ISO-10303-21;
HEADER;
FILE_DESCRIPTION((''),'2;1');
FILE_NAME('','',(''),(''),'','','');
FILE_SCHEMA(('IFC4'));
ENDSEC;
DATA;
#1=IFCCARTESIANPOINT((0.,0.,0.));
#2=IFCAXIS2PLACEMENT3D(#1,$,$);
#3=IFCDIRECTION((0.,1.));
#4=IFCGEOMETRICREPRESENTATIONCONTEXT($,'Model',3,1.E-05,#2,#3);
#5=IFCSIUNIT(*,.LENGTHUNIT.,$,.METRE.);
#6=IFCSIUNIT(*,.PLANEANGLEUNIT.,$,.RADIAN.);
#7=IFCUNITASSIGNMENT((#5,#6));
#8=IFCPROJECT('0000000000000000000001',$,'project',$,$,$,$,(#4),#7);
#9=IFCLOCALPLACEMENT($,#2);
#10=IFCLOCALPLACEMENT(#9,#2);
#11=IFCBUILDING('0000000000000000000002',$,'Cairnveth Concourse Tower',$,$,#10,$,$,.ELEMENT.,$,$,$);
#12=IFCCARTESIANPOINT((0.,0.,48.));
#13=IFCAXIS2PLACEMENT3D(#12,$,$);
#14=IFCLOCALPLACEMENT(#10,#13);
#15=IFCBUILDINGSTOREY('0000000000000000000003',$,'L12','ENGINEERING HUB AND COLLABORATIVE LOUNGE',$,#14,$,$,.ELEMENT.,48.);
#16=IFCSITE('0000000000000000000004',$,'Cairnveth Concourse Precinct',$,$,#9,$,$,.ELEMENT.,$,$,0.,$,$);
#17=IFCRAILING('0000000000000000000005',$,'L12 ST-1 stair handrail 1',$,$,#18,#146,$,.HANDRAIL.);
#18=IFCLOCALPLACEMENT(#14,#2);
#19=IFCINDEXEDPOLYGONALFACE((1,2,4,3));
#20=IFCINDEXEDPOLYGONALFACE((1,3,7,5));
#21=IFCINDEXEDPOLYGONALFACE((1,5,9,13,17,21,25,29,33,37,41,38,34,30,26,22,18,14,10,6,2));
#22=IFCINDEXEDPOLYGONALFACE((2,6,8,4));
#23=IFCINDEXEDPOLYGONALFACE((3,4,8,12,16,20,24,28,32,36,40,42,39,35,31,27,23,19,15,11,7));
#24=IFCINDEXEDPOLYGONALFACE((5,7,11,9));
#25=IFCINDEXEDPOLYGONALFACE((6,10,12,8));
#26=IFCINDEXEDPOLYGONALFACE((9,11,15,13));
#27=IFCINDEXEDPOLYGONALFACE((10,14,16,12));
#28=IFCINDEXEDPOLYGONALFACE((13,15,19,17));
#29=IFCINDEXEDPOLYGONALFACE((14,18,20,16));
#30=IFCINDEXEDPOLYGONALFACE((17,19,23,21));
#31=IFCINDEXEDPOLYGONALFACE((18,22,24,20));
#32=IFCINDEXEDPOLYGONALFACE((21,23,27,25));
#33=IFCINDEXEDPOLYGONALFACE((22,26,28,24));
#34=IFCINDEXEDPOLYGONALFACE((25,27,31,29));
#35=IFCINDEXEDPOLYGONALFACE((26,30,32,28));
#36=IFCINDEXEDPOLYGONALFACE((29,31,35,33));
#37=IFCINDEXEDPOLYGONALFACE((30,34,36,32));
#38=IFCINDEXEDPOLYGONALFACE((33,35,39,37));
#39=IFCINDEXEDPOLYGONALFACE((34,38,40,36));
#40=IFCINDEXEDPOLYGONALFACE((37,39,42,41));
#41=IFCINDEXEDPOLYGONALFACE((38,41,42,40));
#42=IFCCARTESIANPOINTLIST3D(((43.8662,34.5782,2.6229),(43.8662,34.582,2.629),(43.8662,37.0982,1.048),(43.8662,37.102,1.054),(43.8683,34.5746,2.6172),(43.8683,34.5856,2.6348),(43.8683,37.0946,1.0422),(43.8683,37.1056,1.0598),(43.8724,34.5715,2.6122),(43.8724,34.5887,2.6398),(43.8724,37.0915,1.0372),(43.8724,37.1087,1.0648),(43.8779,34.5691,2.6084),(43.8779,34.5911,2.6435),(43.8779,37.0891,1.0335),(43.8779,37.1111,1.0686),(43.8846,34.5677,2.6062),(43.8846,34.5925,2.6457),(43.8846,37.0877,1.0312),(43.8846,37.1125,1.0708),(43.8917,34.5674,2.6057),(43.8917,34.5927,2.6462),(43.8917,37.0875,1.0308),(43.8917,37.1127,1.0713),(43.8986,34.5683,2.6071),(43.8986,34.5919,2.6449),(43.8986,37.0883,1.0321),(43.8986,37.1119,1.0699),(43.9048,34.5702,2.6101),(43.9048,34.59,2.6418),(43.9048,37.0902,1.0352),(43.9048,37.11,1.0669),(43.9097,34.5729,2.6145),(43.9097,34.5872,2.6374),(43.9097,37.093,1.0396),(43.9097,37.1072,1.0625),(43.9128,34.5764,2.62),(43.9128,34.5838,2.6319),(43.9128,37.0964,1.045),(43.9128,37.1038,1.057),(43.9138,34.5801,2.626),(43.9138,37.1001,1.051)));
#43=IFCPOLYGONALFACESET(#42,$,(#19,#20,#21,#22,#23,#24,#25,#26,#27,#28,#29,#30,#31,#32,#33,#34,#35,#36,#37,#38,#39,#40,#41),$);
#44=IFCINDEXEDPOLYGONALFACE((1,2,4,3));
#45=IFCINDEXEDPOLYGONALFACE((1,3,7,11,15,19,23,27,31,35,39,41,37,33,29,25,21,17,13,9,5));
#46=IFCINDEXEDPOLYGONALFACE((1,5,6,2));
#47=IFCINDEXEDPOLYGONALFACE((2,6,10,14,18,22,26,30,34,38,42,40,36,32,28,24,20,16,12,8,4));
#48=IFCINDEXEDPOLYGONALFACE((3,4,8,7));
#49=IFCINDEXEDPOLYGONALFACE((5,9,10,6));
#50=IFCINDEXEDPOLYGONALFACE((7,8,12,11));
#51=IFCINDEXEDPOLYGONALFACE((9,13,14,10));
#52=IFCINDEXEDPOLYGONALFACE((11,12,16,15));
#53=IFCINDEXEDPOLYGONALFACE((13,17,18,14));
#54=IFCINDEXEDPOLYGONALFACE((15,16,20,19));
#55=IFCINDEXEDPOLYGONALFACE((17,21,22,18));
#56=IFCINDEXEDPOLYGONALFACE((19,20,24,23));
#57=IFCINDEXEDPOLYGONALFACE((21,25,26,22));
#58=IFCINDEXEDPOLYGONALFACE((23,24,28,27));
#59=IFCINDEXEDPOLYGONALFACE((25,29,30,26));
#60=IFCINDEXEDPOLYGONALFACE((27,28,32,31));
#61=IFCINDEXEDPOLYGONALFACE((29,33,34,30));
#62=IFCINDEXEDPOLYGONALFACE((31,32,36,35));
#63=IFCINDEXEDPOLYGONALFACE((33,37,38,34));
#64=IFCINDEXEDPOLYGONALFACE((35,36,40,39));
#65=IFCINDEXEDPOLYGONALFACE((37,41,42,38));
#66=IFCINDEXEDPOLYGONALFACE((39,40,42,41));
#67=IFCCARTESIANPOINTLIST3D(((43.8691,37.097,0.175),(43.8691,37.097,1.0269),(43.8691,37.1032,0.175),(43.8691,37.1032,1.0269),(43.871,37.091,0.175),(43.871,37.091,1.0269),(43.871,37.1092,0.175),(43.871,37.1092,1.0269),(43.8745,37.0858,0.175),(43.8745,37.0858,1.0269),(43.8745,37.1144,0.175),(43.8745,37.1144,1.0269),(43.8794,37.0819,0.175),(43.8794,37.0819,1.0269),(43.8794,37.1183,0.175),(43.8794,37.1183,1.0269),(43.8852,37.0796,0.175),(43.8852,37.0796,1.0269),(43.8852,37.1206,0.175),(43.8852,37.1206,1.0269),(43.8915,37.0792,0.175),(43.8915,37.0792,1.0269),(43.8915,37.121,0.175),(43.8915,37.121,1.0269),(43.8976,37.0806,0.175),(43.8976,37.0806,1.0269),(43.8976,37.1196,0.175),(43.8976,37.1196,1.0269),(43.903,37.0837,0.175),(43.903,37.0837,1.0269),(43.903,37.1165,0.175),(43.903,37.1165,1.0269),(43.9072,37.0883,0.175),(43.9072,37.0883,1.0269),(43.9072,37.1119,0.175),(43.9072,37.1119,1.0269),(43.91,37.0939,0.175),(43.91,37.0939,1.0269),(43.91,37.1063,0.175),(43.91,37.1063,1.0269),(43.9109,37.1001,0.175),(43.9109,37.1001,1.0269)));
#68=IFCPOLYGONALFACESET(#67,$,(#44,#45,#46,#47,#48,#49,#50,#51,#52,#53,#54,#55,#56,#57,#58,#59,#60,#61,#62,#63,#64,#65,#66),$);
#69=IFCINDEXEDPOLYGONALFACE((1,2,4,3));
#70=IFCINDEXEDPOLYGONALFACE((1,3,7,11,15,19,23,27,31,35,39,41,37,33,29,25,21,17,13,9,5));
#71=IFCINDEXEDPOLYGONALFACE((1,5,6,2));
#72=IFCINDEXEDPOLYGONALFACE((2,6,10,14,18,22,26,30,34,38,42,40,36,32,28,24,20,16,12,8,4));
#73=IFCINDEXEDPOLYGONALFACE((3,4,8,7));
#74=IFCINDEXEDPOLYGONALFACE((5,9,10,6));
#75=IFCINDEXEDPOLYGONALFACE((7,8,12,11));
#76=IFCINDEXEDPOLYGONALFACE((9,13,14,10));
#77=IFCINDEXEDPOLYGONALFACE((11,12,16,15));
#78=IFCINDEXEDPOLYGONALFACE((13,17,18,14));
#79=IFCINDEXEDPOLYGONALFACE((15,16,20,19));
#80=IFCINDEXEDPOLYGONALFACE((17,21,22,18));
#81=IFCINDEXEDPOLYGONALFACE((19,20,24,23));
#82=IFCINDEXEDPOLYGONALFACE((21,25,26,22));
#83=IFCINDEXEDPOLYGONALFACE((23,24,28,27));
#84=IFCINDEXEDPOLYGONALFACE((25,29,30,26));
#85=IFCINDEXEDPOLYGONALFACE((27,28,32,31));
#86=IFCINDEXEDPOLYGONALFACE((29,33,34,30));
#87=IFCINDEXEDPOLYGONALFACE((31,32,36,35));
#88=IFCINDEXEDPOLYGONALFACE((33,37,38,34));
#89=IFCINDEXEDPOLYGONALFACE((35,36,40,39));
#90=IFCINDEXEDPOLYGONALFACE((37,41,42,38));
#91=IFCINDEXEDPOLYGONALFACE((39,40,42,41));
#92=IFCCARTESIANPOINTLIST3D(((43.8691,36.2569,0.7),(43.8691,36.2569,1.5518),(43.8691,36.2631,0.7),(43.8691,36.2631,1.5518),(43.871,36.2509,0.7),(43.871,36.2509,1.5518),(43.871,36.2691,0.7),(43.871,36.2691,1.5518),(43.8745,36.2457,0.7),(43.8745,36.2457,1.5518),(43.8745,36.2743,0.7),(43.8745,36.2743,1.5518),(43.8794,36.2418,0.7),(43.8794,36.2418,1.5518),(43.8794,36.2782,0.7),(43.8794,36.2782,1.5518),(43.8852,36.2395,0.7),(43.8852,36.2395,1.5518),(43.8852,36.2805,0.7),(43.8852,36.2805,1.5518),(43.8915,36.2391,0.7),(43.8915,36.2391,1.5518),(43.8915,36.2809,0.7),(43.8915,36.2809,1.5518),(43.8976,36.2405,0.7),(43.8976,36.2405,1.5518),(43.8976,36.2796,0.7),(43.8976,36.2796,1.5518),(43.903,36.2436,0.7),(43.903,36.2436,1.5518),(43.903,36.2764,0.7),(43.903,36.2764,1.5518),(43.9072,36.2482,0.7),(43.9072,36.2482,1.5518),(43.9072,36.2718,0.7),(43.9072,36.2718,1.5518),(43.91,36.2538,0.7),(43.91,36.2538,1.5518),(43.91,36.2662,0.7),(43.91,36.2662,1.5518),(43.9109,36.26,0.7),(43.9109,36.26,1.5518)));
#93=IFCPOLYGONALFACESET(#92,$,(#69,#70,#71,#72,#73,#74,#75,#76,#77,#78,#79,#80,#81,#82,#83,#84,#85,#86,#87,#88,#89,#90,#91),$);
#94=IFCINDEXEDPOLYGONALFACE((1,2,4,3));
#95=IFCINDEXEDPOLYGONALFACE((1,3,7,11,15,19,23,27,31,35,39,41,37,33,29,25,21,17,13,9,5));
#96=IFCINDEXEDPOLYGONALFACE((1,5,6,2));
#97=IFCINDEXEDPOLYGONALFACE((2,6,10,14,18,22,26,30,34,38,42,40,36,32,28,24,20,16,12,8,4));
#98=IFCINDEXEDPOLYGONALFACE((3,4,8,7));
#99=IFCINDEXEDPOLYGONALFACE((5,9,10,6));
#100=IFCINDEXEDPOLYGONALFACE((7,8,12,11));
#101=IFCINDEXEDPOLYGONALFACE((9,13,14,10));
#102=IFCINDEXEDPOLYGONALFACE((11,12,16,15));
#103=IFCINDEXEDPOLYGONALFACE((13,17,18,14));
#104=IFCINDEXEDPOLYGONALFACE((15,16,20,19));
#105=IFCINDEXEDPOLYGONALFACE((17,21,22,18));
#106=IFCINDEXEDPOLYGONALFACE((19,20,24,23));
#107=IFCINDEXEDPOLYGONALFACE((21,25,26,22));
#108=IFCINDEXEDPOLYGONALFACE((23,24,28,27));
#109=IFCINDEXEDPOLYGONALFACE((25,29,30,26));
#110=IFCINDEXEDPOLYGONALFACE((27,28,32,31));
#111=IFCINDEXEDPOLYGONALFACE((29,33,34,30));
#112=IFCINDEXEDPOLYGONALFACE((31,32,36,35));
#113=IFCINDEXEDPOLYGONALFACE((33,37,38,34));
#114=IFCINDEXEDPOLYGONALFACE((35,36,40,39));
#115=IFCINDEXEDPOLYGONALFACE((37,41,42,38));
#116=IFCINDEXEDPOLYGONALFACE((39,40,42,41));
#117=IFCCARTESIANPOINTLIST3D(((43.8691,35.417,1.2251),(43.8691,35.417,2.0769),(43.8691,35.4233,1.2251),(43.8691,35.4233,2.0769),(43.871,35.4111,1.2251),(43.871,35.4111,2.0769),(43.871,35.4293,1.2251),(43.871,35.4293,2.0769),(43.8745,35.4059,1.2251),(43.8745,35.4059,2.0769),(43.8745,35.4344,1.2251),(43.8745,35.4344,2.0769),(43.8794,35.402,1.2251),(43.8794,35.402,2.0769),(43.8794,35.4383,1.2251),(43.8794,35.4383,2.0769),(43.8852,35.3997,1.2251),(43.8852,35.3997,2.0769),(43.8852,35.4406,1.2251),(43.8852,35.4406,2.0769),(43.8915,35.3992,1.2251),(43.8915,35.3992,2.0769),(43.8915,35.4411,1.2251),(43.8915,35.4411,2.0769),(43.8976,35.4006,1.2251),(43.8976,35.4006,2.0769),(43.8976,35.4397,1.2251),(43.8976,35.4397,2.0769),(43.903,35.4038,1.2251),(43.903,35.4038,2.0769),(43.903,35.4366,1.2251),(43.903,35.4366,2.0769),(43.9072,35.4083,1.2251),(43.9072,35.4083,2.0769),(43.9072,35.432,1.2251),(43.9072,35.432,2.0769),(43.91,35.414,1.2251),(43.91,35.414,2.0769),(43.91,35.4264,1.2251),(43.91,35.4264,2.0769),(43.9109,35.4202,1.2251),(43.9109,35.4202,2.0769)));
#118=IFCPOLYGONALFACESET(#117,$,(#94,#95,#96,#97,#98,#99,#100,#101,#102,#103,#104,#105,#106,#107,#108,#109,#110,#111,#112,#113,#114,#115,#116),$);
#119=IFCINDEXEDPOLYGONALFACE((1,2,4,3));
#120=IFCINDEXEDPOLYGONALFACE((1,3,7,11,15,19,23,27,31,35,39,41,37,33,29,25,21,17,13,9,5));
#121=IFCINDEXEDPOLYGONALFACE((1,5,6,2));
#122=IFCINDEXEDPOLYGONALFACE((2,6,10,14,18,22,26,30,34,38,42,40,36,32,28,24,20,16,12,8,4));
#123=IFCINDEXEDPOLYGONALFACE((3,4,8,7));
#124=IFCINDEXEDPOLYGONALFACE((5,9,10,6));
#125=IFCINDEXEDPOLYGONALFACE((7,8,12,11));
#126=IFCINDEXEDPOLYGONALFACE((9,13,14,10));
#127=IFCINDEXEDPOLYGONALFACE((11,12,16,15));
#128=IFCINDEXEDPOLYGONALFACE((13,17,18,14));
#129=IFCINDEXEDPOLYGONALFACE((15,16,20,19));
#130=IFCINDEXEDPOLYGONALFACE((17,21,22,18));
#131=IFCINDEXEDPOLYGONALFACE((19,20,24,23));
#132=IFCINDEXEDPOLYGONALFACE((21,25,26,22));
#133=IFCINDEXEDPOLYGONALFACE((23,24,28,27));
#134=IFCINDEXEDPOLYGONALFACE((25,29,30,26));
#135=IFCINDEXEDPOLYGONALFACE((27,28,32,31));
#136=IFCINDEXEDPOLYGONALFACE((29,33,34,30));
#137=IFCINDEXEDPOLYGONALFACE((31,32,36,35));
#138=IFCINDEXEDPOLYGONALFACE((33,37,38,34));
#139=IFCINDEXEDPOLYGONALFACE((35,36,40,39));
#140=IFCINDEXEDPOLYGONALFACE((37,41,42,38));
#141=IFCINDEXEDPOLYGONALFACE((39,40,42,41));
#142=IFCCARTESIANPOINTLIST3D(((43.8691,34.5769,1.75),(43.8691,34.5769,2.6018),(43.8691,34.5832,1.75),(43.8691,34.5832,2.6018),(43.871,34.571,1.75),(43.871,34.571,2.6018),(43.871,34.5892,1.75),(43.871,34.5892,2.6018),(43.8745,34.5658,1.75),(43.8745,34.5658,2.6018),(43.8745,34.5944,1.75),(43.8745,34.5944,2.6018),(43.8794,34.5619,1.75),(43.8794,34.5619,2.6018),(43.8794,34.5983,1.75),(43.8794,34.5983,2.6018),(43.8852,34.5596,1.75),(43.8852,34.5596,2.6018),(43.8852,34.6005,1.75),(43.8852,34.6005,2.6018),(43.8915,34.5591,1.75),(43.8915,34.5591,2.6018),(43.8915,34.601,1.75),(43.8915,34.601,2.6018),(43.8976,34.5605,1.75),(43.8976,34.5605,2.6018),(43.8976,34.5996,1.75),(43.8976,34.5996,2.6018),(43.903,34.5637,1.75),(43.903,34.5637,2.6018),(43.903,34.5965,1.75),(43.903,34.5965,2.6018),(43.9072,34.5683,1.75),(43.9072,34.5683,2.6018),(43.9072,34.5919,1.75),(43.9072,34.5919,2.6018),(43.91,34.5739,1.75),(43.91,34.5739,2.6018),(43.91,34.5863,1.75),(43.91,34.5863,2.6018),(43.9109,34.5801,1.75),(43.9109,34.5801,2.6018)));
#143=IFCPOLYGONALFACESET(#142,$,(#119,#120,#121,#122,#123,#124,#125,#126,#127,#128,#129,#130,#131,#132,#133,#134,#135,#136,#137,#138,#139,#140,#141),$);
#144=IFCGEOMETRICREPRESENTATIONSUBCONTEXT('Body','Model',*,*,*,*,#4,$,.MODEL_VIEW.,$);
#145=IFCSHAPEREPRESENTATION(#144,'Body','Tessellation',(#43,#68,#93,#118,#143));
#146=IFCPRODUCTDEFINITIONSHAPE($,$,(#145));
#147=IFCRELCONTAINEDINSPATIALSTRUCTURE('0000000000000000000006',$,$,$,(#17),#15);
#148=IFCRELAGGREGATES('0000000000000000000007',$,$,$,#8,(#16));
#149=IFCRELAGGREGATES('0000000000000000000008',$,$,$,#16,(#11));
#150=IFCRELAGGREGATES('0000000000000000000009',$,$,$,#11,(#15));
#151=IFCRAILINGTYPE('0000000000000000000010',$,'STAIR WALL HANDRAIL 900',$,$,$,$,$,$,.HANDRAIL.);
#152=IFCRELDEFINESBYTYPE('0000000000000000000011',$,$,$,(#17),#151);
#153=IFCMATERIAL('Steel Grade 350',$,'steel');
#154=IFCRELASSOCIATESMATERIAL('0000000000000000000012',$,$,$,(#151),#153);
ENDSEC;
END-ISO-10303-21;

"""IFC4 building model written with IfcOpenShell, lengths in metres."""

from ifc_helpers import new_model, si_unit, direction, frame, origin, origin_2d, place, context, subcontext, project, spatial, circle, extrude, material, type_object, element, save


model = new_model("IFC4")

# Units and contexts
model_context = context("Model", 3, precision=1e-05, world=origin(), true_north=direction((0.0, 1.0)))
body_context = subcontext(model_context, "Body", "Model", "MODEL_VIEW")
ifc_project = project(units=[si_unit("LENGTHUNIT", "METRE"), si_unit("PLANEANGLEUNIT", "RADIAN")], contexts=[model_context])

# Site, building, storey
site_placement = place(None, origin())
site = spatial("IfcSite", under=ifc_project, at=site_placement, Name="Cairnveth Concourse Precinct", CompositionType="ELEMENT", RefElevation=0.0)
building_placement = place(site_placement, origin())
building = spatial("IfcBuilding", under=site, at=building_placement, Name="Cairnveth Concourse Tower", CompositionType="ELEMENT")
storey_placement = place(building_placement, frame((0.0, 0.0, 48.0)))
storey = spatial("IfcBuildingStorey", under=building, at=storey_placement, Name="L12", Description="ENGINEERING HUB AND COLLABORATIVE LOUNGE", CompositionType="ELEMENT", Elevation=48.0)

# Railing
ifc_material_1 = material(Name="Steel Grade 350", Category="steel")
railing_type_1 = type_object("IfcRailingType", Name="STAIR WALL HANDRAIL 900", PredefinedType="HANDRAIL", material=ifc_material_1)
railing_1_placement = place(storey_placement, frame((43.8899, 37.1001, 0.175)))
element("IfcRailing", 1, at=railing_1_placement, inside=storey, type_object=railing_type_1, Name="L12 ST-1 stair handrail 1", PredefinedType="HANDRAIL", context=body_context, shape_type="SweptSolid", body=[
    extrude(circle(Radius=0.0239, at=origin_2d()), frame((0.0, 0.0, 0.876), z_axis=(0.0, -0.848008, 0.529984), x_axis=(1.0, 0.0, 0.0)), (0.0, 0.0, 1.0), 2.9717),
    extrude(circle(Radius=0.021, at=origin_2d()), origin(), (0.0, 0.0, 1.0), 0.8518),
    extrude(circle(Radius=0.021, at=origin_2d()), frame((0.0, -0.8401, 0.5249)), (0.0, 0.0, 1.0), 0.8518),
    extrude(circle(Radius=0.021, at=origin_2d()), frame((0.0, -1.6799, 1.05)), (0.0, 0.0, 1.0), 0.8518),
    extrude(circle(Radius=0.021, at=origin_2d()), frame((0.0, -2.52, 1.575)), (0.0, 0.0, 1.0), 0.8518),
])

save(model, "model.ifc")
